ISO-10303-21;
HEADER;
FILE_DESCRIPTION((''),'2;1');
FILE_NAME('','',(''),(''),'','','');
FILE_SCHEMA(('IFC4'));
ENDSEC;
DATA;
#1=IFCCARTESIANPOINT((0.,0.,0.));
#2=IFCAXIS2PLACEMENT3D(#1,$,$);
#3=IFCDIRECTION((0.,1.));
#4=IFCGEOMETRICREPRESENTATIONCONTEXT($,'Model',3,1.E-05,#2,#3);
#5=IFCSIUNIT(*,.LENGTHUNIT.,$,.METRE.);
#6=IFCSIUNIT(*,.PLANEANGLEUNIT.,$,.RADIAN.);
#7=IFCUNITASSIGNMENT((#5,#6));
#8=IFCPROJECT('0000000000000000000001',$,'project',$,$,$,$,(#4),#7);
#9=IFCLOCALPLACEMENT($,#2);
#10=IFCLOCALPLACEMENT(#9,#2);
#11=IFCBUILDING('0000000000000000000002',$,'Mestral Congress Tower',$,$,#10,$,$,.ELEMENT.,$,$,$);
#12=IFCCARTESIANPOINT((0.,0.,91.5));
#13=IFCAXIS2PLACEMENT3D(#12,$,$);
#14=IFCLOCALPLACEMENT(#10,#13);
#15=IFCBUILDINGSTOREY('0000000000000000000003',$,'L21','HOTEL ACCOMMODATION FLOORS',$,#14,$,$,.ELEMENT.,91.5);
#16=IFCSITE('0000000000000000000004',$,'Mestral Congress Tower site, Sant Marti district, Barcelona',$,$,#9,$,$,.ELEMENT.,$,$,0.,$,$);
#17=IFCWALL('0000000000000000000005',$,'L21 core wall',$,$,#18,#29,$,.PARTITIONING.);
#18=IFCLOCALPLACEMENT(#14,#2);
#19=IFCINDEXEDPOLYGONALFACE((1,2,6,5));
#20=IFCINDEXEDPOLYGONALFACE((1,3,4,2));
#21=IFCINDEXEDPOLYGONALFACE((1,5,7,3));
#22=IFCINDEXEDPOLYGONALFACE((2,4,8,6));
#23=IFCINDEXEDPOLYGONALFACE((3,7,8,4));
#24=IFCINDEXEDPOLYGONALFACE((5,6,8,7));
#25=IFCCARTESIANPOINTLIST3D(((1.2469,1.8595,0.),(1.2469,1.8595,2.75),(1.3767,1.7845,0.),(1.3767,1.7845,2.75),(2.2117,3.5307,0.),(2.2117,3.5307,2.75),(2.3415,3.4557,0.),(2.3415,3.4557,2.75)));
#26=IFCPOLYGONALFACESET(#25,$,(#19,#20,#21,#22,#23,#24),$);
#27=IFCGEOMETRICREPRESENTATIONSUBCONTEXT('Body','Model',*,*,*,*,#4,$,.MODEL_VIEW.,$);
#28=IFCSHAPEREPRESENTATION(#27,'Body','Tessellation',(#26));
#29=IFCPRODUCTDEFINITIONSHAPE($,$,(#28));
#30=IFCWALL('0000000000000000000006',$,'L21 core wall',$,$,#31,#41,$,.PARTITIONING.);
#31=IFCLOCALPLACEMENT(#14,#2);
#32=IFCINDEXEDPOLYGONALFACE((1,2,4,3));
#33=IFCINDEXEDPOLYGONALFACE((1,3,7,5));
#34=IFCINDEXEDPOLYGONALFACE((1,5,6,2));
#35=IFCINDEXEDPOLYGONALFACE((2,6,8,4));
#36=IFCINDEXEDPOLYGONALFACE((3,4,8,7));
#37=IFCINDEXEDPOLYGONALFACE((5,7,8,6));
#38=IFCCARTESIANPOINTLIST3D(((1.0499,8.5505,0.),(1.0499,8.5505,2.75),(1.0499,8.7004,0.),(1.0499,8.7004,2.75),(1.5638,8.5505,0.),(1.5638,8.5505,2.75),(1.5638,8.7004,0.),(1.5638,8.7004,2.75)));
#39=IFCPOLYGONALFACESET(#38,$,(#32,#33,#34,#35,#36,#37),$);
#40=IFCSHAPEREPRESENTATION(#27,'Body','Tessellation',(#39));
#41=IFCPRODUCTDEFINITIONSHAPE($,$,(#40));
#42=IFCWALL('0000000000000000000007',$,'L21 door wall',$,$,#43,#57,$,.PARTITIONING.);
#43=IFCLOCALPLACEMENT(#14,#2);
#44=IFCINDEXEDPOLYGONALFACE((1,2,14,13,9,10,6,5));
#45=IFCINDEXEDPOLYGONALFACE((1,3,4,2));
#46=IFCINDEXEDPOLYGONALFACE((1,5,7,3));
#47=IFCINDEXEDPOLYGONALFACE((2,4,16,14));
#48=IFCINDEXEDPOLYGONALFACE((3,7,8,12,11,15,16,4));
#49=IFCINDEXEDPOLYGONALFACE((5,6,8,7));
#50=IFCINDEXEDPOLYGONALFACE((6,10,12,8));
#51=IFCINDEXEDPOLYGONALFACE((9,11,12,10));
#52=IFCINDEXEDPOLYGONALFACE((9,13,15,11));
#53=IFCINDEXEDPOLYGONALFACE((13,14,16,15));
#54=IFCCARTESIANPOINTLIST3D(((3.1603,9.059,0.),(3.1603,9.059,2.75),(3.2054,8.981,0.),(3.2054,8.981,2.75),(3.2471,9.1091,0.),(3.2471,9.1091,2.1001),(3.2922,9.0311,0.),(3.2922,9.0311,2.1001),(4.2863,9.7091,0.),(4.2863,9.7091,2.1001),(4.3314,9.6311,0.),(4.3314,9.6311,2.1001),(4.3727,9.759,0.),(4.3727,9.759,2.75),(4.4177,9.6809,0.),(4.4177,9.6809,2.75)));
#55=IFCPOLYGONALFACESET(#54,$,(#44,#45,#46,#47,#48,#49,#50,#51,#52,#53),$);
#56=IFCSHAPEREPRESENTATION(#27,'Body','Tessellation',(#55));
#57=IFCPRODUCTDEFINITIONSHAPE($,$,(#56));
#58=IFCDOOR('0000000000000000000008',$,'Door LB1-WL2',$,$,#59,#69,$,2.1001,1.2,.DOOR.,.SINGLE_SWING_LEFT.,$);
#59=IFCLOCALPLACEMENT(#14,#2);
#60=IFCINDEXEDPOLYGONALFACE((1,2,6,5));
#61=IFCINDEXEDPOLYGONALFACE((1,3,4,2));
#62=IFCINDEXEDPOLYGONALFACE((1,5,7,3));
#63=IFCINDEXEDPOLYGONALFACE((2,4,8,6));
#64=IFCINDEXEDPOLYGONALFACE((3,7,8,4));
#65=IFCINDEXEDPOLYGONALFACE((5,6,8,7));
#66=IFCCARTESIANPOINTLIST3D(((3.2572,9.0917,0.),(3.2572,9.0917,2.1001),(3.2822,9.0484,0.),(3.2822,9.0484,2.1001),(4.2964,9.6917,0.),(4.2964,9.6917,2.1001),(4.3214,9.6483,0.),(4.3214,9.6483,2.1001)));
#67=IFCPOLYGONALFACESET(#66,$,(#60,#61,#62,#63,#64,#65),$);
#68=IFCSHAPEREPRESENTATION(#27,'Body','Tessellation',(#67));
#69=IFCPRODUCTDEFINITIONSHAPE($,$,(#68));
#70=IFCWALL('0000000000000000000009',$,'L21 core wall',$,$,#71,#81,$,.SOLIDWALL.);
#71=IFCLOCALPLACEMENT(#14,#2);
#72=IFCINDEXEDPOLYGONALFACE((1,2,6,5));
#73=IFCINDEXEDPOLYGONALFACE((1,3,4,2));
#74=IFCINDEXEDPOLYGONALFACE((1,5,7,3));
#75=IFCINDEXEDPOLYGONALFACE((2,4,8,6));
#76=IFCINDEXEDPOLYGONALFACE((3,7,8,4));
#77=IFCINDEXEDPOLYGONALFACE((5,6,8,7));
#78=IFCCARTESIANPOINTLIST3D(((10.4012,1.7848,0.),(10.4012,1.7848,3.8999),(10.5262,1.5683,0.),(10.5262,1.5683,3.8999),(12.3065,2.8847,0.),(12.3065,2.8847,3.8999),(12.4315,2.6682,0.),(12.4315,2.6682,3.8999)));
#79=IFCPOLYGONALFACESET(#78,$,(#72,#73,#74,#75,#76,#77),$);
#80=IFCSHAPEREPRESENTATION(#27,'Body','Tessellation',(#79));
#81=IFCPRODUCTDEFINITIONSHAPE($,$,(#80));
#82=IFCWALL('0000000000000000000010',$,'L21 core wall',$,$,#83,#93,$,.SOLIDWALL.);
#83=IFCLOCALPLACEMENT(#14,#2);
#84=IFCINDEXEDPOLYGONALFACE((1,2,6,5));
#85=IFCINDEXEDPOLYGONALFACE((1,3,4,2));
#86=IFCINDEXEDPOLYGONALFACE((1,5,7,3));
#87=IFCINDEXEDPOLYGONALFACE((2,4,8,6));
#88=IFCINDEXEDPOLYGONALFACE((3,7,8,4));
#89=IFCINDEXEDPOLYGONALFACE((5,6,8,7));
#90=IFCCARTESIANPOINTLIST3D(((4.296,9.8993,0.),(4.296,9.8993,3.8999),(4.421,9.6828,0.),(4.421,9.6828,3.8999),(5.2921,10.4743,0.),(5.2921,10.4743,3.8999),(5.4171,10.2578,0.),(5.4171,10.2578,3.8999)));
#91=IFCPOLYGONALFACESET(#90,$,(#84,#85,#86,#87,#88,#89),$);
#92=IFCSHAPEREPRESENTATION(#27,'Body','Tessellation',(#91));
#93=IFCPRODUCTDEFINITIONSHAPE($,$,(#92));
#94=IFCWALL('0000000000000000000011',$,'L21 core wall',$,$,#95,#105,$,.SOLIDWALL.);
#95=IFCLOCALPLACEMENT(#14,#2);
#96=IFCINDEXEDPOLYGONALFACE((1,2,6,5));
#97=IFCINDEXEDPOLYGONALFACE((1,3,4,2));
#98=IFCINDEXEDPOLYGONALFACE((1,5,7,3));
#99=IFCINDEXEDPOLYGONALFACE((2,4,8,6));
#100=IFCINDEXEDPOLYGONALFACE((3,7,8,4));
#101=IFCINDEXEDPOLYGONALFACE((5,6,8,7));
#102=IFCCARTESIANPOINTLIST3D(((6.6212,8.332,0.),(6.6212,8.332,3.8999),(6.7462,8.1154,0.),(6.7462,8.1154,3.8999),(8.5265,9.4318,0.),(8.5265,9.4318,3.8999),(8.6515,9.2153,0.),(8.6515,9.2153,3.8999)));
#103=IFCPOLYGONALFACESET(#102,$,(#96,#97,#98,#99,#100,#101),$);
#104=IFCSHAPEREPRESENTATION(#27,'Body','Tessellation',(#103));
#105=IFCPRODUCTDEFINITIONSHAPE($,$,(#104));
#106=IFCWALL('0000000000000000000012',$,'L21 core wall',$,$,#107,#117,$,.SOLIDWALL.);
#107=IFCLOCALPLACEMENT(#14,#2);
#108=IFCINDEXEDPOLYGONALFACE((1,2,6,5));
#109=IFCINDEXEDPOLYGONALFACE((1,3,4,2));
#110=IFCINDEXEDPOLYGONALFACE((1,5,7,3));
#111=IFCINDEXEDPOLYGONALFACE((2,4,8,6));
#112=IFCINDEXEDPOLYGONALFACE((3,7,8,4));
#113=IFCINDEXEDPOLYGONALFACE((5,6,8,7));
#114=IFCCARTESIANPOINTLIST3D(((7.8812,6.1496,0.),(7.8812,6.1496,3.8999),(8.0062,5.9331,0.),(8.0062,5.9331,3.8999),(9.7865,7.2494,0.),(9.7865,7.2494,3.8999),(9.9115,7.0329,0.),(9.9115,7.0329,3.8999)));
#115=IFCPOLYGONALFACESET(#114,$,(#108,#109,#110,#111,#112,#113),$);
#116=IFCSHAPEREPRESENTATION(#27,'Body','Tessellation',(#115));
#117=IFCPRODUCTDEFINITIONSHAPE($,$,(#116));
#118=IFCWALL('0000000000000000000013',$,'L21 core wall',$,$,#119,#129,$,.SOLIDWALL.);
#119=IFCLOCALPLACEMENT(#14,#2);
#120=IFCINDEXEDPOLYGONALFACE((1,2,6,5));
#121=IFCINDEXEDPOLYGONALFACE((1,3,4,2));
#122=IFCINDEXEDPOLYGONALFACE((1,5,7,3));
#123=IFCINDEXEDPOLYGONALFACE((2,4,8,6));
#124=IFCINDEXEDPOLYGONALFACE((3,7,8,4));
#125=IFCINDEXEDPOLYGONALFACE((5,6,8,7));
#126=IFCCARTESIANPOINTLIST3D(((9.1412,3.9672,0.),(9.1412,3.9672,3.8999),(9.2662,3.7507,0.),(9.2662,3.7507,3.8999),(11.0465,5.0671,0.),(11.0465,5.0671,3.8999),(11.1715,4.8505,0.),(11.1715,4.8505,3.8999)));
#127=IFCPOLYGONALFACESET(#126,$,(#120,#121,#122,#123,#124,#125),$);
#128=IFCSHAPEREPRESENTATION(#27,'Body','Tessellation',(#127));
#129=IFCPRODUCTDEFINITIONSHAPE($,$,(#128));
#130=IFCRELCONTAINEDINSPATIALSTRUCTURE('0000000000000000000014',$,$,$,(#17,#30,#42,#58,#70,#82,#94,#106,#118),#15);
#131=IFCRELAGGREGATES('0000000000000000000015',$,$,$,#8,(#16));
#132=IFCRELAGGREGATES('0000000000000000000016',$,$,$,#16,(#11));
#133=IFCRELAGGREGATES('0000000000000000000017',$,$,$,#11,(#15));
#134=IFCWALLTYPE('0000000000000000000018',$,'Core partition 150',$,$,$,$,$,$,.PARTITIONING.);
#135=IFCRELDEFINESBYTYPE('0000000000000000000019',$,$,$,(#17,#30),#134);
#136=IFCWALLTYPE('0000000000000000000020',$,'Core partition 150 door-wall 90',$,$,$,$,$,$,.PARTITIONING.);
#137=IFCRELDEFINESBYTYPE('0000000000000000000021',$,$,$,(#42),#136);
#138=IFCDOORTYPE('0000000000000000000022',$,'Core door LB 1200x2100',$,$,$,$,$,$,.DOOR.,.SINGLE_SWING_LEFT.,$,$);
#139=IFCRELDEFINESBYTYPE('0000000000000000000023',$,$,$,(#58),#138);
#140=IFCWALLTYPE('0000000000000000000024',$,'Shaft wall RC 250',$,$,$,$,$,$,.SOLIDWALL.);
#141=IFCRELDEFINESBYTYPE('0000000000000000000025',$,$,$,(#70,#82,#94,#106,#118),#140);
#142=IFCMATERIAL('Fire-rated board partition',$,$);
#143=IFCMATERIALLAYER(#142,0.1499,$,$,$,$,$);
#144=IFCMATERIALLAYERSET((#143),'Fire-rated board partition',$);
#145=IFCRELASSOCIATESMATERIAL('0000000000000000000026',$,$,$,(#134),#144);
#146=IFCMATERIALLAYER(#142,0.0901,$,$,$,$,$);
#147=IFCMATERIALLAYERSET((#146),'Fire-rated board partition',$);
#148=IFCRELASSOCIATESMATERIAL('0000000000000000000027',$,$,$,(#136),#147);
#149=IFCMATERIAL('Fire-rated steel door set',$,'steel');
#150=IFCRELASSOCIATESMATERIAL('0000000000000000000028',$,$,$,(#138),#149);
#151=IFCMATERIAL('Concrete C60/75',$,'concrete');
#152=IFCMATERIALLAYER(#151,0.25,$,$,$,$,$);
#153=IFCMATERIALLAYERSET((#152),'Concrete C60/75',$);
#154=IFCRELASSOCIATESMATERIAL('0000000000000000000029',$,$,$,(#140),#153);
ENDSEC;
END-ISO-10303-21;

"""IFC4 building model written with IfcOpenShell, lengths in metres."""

from ifc_helpers import new_model, si_unit, direction, frame, frame_2d, origin, place, context, subcontext, project, spatial, rectangle, extrude, material, layer, layer_set, type_object, element, fill, save


model = new_model("IFC4")

# Units and contexts
model_context = context("Model", 3, precision=1e-05, world=origin(), true_north=direction((0.0, 1.0)))
body_context = subcontext(model_context, "Body", "Model", "MODEL_VIEW")
ifc_project = project(units=[si_unit("LENGTHUNIT", "METRE"), si_unit("PLANEANGLEUNIT", "RADIAN")], contexts=[model_context])

# Site, building, storey
site_placement = place(None, origin())
site = spatial("IfcSite", under=ifc_project, at=site_placement, Name="Mestral Congress Tower site, Sant Marti district, Barcelona", CompositionType="ELEMENT", RefElevation=0.0)
building_placement = place(site_placement, origin())
building = spatial("IfcBuilding", under=site, at=building_placement, Name="Mestral Congress Tower", CompositionType="ELEMENT")
storey_placement = place(building_placement, frame((0.0, 0.0, 91.5)))
storey = spatial("IfcBuildingStorey", under=building, at=storey_placement, Name="L21", Description="HOTEL ACCOMMODATION FLOORS", CompositionType="ELEMENT", Elevation=91.5)

# Walls
ifc_material_1 = material(Name="Fire-rated board partition")
ifc_layer_1 = layer(ifc_material_1, 0.1499)
ifc_layer_set_1 = layer_set([ifc_layer_1], Name="Fire-rated board partition")
wall_type_1 = type_object("IfcWallType", Name="Core partition 150", PredefinedType="PARTITIONING", material=ifc_layer_set_1)
wall_1_placement = place(storey_placement, frame((1.3118, 1.822, 0.0), z_axis=(0.0, 0.0, 1.0), x_axis=(0.500004, 0.866023, 0.0)))
element("IfcWall", 1, at=wall_1_placement, inside=storey, type_object=wall_type_1, Name="L21 core wall", PredefinedType="PARTITIONING", context=body_context, shape_type="SweptSolid", body=[
    extrude(rectangle(XDim=1.9297, YDim=0.1499, at=frame_2d((0.9648, 0.0))), origin(), (0.0, 0.0, 1.0), 2.75),
])
wall_2_placement = place(storey_placement, frame((1.05, 8.6255, 0.0), z_axis=(0.0, 0.0, 1.0), x_axis=(1.0, 0.0, 0.0)))
element("IfcWall", 2, at=wall_2_placement, inside=storey, type_object=wall_type_1, Name="L21 core wall", PredefinedType="PARTITIONING", context=body_context, shape_type="SweptSolid", body=[
    extrude(rectangle(XDim=0.5139, YDim=0.1499, at=frame_2d((0.2568, 0.0))), origin(), (0.0, 0.0, 1.0), 2.75),
])

# Wall, opening, door
ifc_layer_2 = layer(ifc_material_1, 0.0901)
ifc_layer_set_2 = layer_set([ifc_layer_2], Name="Fire-rated board partition")
wall_type_2 = type_object("IfcWallType", Name="Core partition 150 door-wall 90", PredefinedType="PARTITIONING", material=ifc_layer_set_2)
wall_3_placement = place(storey_placement, frame((3.1829, 9.02, 0.0), z_axis=(0.0, 0.0, 1.0), x_axis=(0.866035, 0.499984, 0.0)))
wall_3 = element("IfcWall", 3, at=wall_3_placement, inside=storey, type_object=wall_type_2, Name="L21 door wall", PredefinedType="PARTITIONING", context=body_context, shape_type="SweptSolid", body=[
    extrude(rectangle(XDim=1.3999, YDim=0.0901, at=frame_2d((0.7, 0.0))), origin(), (0.0, 0.0, 1.0), 2.75),
])
opening_1_placement = place(wall_3_placement, frame((0.1001, 0.0, 0.0)))
opening_1 = element("IfcOpeningElement", 4, at=opening_1_placement, cuts=wall_3, PredefinedType="OPENING", context=body_context, shape_type="SweptSolid", body=[
    extrude(rectangle(XDim=1.2, YDim=2.1001, at=frame_2d((0.6001, 1.05))), frame((0.0, 0.0549, 0.0), z_axis=(0.0, -1.0, 0.0), x_axis=(1.0, 0.0, 0.0)), (0.0, 0.0, 1.0), 0.1101),
])
ifc_material_2 = material(Name="Fire-rated steel door set", Category="steel")
door_type_1 = type_object("IfcDoorType", Name="Core door LB 1200x2100", OperationType="SINGLE_SWING_LEFT", PredefinedType="DOOR", material=ifc_material_2)
door_1_placement = place(opening_1_placement, origin())
door_1 = element("IfcDoor", 5, at=door_1_placement, inside=storey, type_object=door_type_1, Name="Door LB1-WL2", OperationType="SINGLE_SWING_LEFT", OverallHeight=2.1001, OverallWidth=1.2, PredefinedType="DOOR", context=body_context, shape_type="SweptSolid", body=[
    extrude(rectangle(XDim=1.2, YDim=2.1001, at=frame_2d((0.6001, 1.05))), frame((0.0, 0.0249, 0.0), z_axis=(0.0, -1.0, 0.0), x_axis=(1.0, 0.0, 0.0)), (0.0, 0.0, 1.0), 0.05),
])
fill(opening_1, door_1)

# Walls
ifc_material_3 = material(Name="Concrete C60/75", Category="concrete")
ifc_layer_3 = layer(ifc_material_3, 0.25)
ifc_layer_set_3 = layer_set([ifc_layer_3], Name="Concrete C60/75")
wall_type_3 = type_object("IfcWallType", Name="Shaft wall RC 250", PredefinedType="SOLIDWALL", material=ifc_layer_set_3)
wall_4_placement = place(storey_placement, frame((10.4636, 1.6765, 0.0), z_axis=(0.0, 0.0, 1.0), x_axis=(0.866056, 0.499947, 0.0)))
element("IfcWall", 6, at=wall_4_placement, inside=storey, type_object=wall_type_3, Name="L21 core wall", PredefinedType="SOLIDWALL", context=body_context, shape_type="SweptSolid", body=[
    extrude(rectangle(XDim=2.2, YDim=0.25, at=frame_2d((1.1001, 0.0))), origin(), (0.0, 0.0, 1.0), 3.8999),
])
wall_5_placement = place(storey_placement, frame((4.3584, 9.791, 0.0), z_axis=(0.0, 0.0, 1.0), x_axis=(0.86608, 0.499906, 0.0)))
element("IfcWall", 7, at=wall_5_placement, inside=storey, type_object=wall_type_3, Name="L21 core wall", PredefinedType="SOLIDWALL", context=body_context, shape_type="SweptSolid", body=[
    extrude(rectangle(XDim=1.1501, YDim=0.25, at=frame_2d((0.5752, 0.0))), origin(), (0.0, 0.0, 1.0), 3.8999),
])
for number, where, z_axis, x_axis, name in (
    (8, (6.6836, 8.2236, 0.0), (0.0, 0.0, 1.0), (0.866056, 0.499947, 0.0), "L21 core wall"),
    (9, (7.9436, 6.0413, 0.0), (0.0, 0.0, 1.0), (0.866056, 0.499947, 0.0), "L21 core wall"),
    (10, (9.2036, 3.8589, 0.0), (0.0, 0.0, 1.0), (0.866056, 0.499947, 0.0), "L21 core wall"),
):
    element("IfcWall", number, at=place(storey_placement, frame(where, z_axis=z_axis, x_axis=x_axis)), inside=storey, type_object=wall_type_3, Name=name, PredefinedType="SOLIDWALL", context=body_context, shape_type="SweptSolid", body=[
        extrude(rectangle(XDim=2.2, YDim=0.25, at=frame_2d((1.1001, 0.0))), origin(), (0.0, 0.0, 1.0), 3.8999),
    ])

save(model, "model.ifc")
